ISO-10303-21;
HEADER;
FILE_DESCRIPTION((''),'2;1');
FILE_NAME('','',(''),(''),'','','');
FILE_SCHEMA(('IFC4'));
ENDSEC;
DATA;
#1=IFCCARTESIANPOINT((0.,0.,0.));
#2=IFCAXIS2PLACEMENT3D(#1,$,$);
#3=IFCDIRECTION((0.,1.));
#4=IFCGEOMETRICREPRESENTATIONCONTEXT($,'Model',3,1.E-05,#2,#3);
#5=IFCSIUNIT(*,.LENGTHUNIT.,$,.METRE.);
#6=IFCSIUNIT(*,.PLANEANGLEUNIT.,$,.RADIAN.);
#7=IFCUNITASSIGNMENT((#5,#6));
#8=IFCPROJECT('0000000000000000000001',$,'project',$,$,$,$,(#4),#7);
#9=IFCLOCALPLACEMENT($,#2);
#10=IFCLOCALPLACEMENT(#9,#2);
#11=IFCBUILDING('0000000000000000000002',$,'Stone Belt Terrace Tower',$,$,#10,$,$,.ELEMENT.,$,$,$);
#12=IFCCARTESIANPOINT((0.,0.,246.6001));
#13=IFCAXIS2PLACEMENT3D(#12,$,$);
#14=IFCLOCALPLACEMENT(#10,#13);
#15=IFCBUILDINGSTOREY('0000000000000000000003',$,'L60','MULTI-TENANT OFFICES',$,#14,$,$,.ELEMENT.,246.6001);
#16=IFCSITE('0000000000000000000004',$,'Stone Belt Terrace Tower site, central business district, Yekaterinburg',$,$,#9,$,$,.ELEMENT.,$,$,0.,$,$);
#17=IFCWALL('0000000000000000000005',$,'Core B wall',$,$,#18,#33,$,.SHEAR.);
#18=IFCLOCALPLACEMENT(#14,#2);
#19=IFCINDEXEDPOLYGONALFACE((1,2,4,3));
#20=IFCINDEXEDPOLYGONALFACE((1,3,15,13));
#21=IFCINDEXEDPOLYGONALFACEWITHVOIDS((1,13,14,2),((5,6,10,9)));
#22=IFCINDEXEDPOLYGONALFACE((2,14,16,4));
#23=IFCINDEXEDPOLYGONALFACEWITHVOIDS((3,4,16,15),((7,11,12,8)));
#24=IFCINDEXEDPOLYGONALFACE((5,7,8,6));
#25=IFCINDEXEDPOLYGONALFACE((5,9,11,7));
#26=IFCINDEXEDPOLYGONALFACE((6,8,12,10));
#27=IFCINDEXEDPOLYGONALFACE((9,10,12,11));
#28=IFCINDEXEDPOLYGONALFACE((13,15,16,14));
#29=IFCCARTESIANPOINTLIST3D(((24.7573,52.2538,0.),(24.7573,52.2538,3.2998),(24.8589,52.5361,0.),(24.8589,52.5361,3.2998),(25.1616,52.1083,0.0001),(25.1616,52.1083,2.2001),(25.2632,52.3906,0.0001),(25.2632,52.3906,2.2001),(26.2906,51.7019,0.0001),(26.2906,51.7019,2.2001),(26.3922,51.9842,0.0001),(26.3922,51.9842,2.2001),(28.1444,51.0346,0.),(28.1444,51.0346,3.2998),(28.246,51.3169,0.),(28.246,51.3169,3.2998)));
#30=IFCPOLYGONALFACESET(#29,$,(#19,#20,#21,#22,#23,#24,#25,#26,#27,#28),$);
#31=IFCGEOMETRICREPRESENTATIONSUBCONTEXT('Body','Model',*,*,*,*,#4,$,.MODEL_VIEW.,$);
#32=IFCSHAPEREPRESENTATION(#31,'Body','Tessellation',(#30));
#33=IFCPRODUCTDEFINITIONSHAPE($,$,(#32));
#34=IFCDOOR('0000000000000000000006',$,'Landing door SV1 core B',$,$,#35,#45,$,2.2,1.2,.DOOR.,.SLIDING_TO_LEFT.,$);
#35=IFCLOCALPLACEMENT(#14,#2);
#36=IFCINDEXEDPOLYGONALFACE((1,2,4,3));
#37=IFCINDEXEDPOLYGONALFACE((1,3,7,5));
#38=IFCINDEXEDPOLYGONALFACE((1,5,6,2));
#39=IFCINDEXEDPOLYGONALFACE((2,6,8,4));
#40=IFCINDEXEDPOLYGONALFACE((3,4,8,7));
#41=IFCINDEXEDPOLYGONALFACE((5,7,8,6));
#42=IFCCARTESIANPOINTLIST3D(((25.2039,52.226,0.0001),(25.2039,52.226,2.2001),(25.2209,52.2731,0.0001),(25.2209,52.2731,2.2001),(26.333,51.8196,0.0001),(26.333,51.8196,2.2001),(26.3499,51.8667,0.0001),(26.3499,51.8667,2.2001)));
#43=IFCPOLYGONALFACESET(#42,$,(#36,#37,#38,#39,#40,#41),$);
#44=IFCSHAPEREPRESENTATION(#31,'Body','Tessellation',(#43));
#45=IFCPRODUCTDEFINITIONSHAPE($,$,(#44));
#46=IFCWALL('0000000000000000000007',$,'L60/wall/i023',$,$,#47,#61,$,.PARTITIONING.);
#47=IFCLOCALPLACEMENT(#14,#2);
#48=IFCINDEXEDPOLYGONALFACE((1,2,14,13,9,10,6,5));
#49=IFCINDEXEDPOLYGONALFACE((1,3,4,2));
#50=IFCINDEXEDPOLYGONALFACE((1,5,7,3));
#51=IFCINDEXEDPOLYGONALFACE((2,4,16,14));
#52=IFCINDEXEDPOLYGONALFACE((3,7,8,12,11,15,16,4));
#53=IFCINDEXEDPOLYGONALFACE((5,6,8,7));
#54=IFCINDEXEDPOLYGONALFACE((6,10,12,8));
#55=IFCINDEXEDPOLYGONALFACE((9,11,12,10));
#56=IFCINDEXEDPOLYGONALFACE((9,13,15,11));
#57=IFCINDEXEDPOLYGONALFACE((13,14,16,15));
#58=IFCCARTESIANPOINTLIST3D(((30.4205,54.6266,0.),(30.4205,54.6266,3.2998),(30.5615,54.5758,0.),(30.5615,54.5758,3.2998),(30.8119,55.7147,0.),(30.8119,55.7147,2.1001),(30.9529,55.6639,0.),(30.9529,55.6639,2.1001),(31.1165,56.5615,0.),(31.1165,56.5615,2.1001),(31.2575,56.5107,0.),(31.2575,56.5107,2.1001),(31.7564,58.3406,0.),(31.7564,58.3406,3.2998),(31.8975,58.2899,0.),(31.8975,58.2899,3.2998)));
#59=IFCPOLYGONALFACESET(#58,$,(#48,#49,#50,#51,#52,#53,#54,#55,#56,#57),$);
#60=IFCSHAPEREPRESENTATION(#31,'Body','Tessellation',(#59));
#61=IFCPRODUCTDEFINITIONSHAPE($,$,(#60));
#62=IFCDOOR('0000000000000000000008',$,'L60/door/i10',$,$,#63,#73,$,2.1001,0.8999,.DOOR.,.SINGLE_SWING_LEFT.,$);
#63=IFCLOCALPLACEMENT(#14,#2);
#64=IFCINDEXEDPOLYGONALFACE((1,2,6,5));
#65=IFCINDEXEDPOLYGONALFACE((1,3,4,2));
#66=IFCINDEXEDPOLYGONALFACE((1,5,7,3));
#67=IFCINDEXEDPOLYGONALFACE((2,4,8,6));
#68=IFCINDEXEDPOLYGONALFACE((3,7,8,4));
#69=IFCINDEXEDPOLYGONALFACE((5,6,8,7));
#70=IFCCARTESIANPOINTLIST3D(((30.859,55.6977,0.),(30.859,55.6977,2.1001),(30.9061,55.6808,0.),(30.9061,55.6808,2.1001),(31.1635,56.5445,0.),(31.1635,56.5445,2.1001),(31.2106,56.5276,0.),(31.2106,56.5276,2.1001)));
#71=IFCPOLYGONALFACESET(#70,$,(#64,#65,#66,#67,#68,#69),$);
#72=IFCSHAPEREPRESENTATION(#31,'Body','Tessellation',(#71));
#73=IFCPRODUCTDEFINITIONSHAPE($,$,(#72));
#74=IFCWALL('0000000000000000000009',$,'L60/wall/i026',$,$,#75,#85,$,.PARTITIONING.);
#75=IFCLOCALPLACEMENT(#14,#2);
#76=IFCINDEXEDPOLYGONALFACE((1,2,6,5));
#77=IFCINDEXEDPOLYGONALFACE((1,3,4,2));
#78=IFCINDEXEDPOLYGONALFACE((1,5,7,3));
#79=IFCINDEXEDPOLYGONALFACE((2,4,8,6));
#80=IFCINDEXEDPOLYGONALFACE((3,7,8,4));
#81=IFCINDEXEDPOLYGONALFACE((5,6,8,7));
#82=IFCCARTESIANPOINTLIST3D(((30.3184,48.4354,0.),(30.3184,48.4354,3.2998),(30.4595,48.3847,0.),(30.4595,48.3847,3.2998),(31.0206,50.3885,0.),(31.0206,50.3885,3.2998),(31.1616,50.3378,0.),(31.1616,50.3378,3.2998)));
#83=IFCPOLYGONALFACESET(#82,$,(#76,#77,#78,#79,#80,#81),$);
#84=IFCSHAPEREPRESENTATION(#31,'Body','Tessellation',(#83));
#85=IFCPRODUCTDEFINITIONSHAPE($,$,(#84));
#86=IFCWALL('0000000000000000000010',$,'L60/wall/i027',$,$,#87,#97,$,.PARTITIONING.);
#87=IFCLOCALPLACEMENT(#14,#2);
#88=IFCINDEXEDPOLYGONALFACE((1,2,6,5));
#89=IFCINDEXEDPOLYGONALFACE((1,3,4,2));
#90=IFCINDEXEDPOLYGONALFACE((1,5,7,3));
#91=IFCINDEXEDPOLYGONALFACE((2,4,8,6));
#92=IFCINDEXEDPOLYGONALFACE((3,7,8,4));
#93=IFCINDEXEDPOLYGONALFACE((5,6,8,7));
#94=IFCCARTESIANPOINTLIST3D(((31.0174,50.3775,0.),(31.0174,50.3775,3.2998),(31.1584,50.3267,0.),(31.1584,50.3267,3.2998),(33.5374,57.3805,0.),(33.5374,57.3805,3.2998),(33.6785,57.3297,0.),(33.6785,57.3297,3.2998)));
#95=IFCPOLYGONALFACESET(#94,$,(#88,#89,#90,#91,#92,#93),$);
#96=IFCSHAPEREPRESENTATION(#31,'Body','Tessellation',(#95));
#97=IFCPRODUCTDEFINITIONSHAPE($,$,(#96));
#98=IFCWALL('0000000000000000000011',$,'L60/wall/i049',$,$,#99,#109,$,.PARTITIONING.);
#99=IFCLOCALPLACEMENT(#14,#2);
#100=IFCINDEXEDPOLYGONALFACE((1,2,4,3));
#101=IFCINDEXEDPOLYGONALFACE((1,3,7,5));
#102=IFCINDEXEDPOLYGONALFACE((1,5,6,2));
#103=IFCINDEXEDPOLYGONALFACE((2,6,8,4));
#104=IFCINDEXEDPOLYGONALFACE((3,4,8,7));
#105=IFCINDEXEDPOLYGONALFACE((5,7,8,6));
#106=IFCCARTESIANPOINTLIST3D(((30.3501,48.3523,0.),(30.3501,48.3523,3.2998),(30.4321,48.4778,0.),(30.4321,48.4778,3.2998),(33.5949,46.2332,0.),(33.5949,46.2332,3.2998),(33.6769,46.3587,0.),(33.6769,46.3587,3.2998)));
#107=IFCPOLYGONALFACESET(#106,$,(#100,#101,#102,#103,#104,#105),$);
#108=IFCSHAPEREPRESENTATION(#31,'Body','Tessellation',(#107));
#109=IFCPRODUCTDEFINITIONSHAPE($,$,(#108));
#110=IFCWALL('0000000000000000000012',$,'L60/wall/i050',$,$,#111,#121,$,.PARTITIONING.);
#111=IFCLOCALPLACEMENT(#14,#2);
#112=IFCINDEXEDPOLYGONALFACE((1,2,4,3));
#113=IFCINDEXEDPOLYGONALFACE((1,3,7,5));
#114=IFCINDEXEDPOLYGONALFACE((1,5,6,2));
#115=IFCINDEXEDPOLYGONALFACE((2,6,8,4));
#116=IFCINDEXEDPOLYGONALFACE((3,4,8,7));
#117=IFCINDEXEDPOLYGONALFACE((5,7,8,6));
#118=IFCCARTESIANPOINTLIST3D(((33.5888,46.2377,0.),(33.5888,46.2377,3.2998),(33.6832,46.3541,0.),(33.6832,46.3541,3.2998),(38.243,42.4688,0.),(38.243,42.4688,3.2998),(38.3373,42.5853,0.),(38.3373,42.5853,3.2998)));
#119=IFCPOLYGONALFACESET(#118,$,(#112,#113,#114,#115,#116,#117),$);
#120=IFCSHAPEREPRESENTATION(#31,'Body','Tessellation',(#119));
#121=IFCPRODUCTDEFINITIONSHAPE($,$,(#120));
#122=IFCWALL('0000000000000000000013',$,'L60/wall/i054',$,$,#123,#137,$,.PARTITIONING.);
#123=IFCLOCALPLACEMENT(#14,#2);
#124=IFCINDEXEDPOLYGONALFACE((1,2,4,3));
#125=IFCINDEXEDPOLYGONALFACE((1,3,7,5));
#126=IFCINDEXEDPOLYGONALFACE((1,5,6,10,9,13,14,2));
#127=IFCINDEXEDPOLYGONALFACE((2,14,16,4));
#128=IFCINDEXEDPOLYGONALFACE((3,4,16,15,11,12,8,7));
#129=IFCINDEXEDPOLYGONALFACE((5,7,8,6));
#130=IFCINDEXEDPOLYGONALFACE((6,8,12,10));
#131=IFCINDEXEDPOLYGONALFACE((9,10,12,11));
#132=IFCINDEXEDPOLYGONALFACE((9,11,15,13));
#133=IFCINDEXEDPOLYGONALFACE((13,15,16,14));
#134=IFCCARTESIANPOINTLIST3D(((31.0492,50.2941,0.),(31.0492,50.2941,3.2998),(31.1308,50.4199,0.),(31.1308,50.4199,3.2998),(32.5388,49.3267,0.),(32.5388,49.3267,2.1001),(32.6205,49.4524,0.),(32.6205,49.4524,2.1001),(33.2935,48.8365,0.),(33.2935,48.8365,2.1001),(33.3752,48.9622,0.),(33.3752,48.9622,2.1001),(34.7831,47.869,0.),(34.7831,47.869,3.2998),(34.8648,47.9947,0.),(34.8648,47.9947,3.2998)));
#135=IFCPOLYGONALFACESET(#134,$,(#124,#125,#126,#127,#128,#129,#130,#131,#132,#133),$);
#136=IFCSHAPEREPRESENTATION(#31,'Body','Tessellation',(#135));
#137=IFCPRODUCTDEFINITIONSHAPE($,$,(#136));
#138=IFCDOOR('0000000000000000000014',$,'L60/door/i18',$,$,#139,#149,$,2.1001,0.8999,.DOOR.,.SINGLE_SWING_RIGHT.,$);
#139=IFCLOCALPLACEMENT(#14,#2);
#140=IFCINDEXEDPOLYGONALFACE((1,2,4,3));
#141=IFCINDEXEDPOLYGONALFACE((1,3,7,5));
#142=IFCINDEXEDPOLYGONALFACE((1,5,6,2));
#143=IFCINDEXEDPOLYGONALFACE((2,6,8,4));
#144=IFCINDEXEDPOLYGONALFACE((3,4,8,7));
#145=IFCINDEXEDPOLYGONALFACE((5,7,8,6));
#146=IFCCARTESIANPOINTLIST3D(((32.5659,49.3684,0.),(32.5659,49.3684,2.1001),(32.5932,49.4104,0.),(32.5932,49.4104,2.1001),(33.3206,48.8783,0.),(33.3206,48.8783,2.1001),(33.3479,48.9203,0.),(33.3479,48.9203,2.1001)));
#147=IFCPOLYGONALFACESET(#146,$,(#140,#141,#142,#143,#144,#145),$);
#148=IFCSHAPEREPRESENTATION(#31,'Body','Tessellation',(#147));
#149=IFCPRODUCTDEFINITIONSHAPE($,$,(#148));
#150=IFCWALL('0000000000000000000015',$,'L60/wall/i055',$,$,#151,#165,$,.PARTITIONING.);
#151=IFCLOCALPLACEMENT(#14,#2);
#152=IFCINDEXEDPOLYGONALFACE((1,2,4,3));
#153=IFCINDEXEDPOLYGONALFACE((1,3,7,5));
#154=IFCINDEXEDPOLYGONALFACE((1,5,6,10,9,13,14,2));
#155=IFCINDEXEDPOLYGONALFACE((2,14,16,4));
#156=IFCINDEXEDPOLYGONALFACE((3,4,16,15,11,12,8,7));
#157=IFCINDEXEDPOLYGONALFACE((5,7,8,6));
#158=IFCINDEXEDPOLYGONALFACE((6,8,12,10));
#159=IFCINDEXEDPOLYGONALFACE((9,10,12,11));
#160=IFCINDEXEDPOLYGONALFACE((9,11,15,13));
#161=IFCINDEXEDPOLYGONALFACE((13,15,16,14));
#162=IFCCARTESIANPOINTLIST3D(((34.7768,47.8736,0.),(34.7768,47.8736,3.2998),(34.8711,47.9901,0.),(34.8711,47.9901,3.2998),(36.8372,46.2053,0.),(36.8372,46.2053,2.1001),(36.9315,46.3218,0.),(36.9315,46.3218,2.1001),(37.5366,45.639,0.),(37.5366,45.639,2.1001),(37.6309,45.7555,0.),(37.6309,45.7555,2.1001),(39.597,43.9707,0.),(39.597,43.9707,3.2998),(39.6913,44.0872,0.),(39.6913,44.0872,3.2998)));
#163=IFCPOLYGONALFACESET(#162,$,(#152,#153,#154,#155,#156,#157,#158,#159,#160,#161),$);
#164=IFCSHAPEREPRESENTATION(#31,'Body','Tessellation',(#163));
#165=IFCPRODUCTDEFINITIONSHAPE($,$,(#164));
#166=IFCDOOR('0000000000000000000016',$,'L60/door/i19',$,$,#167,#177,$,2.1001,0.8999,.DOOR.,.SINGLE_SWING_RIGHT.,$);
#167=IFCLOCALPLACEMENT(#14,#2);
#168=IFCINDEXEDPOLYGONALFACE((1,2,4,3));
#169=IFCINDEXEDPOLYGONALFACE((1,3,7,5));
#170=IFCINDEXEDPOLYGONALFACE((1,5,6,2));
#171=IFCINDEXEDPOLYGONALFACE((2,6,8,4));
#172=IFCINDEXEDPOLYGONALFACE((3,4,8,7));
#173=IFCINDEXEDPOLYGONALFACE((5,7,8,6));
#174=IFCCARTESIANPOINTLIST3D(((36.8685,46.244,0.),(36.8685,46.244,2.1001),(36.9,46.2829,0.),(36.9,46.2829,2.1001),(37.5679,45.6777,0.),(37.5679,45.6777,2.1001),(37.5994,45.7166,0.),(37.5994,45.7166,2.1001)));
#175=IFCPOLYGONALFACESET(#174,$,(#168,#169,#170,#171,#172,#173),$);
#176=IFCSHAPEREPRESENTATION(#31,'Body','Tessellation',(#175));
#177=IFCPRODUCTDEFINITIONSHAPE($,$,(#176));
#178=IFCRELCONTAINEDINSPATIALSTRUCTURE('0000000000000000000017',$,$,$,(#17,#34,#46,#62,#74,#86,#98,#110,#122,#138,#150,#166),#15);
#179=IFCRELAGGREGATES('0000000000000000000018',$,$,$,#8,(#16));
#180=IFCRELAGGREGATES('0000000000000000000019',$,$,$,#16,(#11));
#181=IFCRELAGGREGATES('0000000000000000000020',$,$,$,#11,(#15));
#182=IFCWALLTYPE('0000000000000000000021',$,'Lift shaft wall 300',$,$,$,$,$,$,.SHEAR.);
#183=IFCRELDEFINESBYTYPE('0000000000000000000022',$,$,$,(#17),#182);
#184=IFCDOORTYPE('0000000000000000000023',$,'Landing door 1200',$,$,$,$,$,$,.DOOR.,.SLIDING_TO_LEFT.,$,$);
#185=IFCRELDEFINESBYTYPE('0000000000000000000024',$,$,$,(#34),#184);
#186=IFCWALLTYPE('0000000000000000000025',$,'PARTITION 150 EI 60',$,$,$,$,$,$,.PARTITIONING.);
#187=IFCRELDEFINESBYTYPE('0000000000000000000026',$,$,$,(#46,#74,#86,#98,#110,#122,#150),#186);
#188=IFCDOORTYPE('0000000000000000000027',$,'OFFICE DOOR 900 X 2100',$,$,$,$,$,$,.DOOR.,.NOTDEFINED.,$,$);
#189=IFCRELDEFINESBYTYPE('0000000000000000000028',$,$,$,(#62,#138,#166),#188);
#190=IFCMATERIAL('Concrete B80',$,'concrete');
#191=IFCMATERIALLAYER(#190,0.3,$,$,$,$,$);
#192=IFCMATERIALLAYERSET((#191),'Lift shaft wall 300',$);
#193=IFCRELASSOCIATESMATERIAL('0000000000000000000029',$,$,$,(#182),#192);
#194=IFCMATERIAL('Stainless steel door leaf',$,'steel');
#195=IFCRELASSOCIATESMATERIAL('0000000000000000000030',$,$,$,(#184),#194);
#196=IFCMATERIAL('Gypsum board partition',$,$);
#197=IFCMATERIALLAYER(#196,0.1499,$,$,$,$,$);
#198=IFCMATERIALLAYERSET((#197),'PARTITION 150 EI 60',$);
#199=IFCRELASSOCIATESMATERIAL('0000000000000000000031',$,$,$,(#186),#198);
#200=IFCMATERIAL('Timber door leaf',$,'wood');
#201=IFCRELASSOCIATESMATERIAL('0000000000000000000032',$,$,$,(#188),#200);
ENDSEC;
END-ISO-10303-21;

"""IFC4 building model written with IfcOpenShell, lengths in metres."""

from ifc_helpers import new_model, si_unit, direction, frame, frame_2d, origin, place, context, subcontext, project, spatial, rectangle, extrude, material, layer, layer_set, type_object, element, fill, save


model = new_model("IFC4")

# Units and contexts
model_context = context("Model", 3, precision=1e-05, world=origin(), true_north=direction((0.0, 1.0)))
body_context = subcontext(model_context, "Body", "Model", "MODEL_VIEW")
ifc_project = project(units=[si_unit("LENGTHUNIT", "METRE"), si_unit("PLANEANGLEUNIT", "RADIAN")], contexts=[model_context])

# Site, building, storey
site_placement = place(None, origin())
site = spatial("IfcSite", under=ifc_project, at=site_placement, Name="Stone Belt Terrace Tower site, central business district, Yekaterinburg", CompositionType="ELEMENT", RefElevation=0.0)
building_placement = place(site_placement, origin())
building = spatial("IfcBuilding", under=site, at=building_placement, Name="Stone Belt Terrace Tower", CompositionType="ELEMENT")
storey_placement = place(building_placement, frame((0.0, 0.0, 246.6001)))
storey = spatial("IfcBuildingStorey", under=building, at=storey_placement, Name="L60", Description="MULTI-TENANT OFFICES", CompositionType="ELEMENT", Elevation=246.6001)

# Walls, openings, doors
ifc_material_1 = material(Name="Concrete B80", Category="concrete")
ifc_layer_1 = layer(ifc_material_1, 0.3)
ifc_layer_set_1 = layer_set([ifc_layer_1], Name="Lift shaft wall 300")
wall_type_1 = type_object("IfcWallType", Name="Lift shaft wall 300", PredefinedType="SHEAR", material=ifc_layer_set_1)
wall_1_placement = place(storey_placement, frame((28.1951, 51.1758, 0.0), z_axis=(0.0, 0.0, 1.0), x_axis=(-0.940901, 0.338681, 0.0)))
wall_1 = element("IfcWall", 1, at=wall_1_placement, inside=storey, type_object=wall_type_1, Name="Core B wall", PredefinedType="SHEAR", context=body_context, shape_type="SweptSolid", body=[
    extrude(rectangle(XDim=3.5999, YDim=0.3, at=frame_2d((1.7998, 0.0))), origin(), (0.0, 0.0, 1.0), 3.2998),
])
opening_1_placement = place(wall_1_placement, frame((1.97, 0.0, 0.0)))
opening_1 = element("IfcOpeningElement", 2, at=opening_1_placement, cuts=wall_1, PredefinedType="OPENING", context=body_context, shape_type="SweptSolid", body=[
    extrude(rectangle(XDim=1.2, YDim=2.2, at=frame_2d((0.6001, 1.1001))), frame((0.0, 0.1599, 0.0), z_axis=(0.0, -1.0, 0.0), x_axis=(1.0, 0.0, 0.0)), (0.0, 0.0, 1.0), 0.3201),
])
ifc_material_2 = material(Name="Stainless steel door leaf", Category="steel")
door_type_1 = type_object("IfcDoorType", Name="Landing door 1200", OperationType="SLIDING_TO_LEFT", PredefinedType="DOOR", material=ifc_material_2)
door_1_placement = place(opening_1_placement, origin())
door_1 = element("IfcDoor", 3, at=door_1_placement, inside=storey, type_object=door_type_1, Name="Landing door SV1 core B", OperationType="SLIDING_TO_LEFT", OverallHeight=2.2, OverallWidth=1.2, PredefinedType="DOOR", context=body_context, shape_type="SweptSolid", body=[
    extrude(rectangle(XDim=1.2, YDim=2.2, at=frame_2d((0.6001, 1.1001))), frame((0.0, 0.0249, 0.0), z_axis=(0.0, -1.0, 0.0), x_axis=(1.0, 0.0, 0.0)), (0.0, 0.0, 1.0), 0.05),
])
fill(opening_1, door_1)
ifc_material_3 = material(Name="Gypsum board partition")
ifc_layer_2 = layer(ifc_material_3, 0.1499)
ifc_layer_set_2 = layer_set([ifc_layer_2], Name="PARTITION 150 EI 60")
wall_type_2 = type_object("IfcWallType", Name="PARTITION 150 EI 60", PredefinedType="PARTITIONING", material=ifc_layer_set_2)
wall_2_placement = place(storey_placement, frame((30.491, 54.6011, 0.0), z_axis=(0.0, 0.0, 1.0), x_axis=(0.338463, 0.94098, 0.0)))
wall_2 = element("IfcWall", 4, at=wall_2_placement, inside=storey, type_object=wall_type_2, Name="L60/wall/i023", PredefinedType="PARTITIONING", context=body_context, shape_type="SweptSolid", body=[
    extrude(rectangle(XDim=3.947, YDim=0.1499, at=frame_2d((1.9736, 0.0))), origin(), (0.0, 0.0, 1.0), 3.2998),
])
opening_2_placement = place(wall_2_placement, frame((1.1565, 0.0, 0.0)))
opening_2 = element("IfcOpeningElement", 5, at=opening_2_placement, cuts=wall_2, PredefinedType="OPENING", context=body_context, shape_type="SweptSolid", body=[
    extrude(rectangle(XDim=0.8999, YDim=2.1001, at=frame_2d((0.45, 1.05))), frame((0.0, 0.085, 0.0), z_axis=(0.0, -1.0, 0.0), x_axis=(1.0, 0.0, 0.0)), (0.0, 0.0, 1.0), 0.1699),
])
ifc_material_4 = material(Name="Timber door leaf", Category="wood")
door_type_2 = type_object("IfcDoorType", Name="OFFICE DOOR 900 X 2100", OperationType="NOTDEFINED", PredefinedType="DOOR", material=ifc_material_4)
door_2_placement = place(opening_2_placement, origin())
door_2 = element("IfcDoor", 6, at=door_2_placement, inside=storey, type_object=door_type_2, Name="L60/door/i10", OperationType="SINGLE_SWING_LEFT", OverallHeight=2.1001, OverallWidth=0.8999, PredefinedType="DOOR", context=body_context, shape_type="SweptSolid", body=[
    extrude(rectangle(XDim=0.8999, YDim=2.1001, at=frame_2d((0.45, 1.05))), frame((0.0, 0.0249, 0.0), z_axis=(0.0, -1.0, 0.0), x_axis=(1.0, 0.0, 0.0)), (0.0, 0.0, 1.0), 0.05),
])
fill(opening_2, door_2)

# Walls
wall_3_placement = place(storey_placement, frame((31.0911, 50.363, 0.0), z_axis=(0.0, 0.0, 1.0), x_axis=(-0.338303, -0.941037, 0.0)))
element("IfcWall", 7, at=wall_3_placement, inside=storey, type_object=wall_type_2, Name="L60/wall/i026", PredefinedType="PARTITIONING", context=body_context, shape_type="SweptSolid", body=[
    extrude(rectangle(XDim=2.0754, YDim=0.1499, at=frame_2d((1.0376, 0.0))), origin(), (0.0, 0.0, 1.0), 3.2998),
])
wall_4_placement = place(storey_placement, frame((33.6079, 57.355, 0.0), z_axis=(0.0, 0.0, 1.0), x_axis=(-0.338596, -0.940932, 0.0)))
element("IfcWall", 8, at=wall_4_placement, inside=storey, type_object=wall_type_2, Name="L60/wall/i027", PredefinedType="PARTITIONING", context=body_context, shape_type="SweptSolid", body=[
    extrude(rectangle(XDim=7.4426, YDim=0.1499, at=frame_2d((3.7212, 0.0))), origin(), (0.0, 0.0, 1.0), 3.2998),
])
wall_5_placement = place(storey_placement, frame((30.3911, 48.415, 0.0), z_axis=(0.0, 0.0, 1.0), x_axis=(0.837266, -0.546796, 0.0)))
element("IfcWall", 9, at=wall_5_placement, inside=storey, type_object=wall_type_2, Name="L60/wall/i049", PredefinedType="PARTITIONING", context=body_context, shape_type="SweptSolid", body=[
    extrude(rectangle(XDim=3.8755, YDim=0.1499, at=frame_2d((1.9377, 0.0))), origin(), (0.0, 0.0, 1.0), 3.2998),
])
wall_6_placement = place(storey_placement, frame((33.636, 46.2959, 0.0), z_axis=(0.0, 0.0, 1.0), x_axis=(0.777144, -0.629323, 0.0)))
element("IfcWall", 10, at=wall_6_placement, inside=storey, type_object=wall_type_2, Name="L60/wall/i050", PredefinedType="PARTITIONING", context=body_context, shape_type="SweptSolid", body=[
    extrude(rectangle(XDim=5.9888, YDim=0.1499, at=frame_2d((2.9944, 0.0))), origin(), (0.0, 0.0, 1.0), 3.2998),
])

# Walls, openings, doors
wall_7_placement = place(storey_placement, frame((31.0901, 50.3569, 0.0), z_axis=(0.0, 0.0, 1.0), x_axis=(0.838647, -0.544676, 0.0)))
wall_7 = element("IfcWall", 11, at=wall_7_placement, inside=storey, type_object=wall_type_2, Name="L60/wall/i054", PredefinedType="PARTITIONING", context=body_context, shape_type="SweptSolid", body=[
    extrude(rectangle(XDim=4.4524, YDim=0.1499, at=frame_2d((2.2261, 0.0))), origin(), (0.0, 0.0, 1.0), 3.2998),
])
opening_3_placement = place(wall_7_placement, frame((1.7761, 0.0, 0.0)))
opening_3 = element("IfcOpeningElement", 12, at=opening_3_placement, cuts=wall_7, PredefinedType="OPENING", context=body_context, shape_type="SweptSolid", body=[
    extrude(rectangle(XDim=0.8999, YDim=2.1001, at=frame_2d((0.45, 1.05))), frame((0.0, 0.085, 0.0), z_axis=(0.0, -1.0, 0.0), x_axis=(1.0, 0.0, 0.0)), (0.0, 0.0, 1.0), 0.1699),
])
door_3_placement = place(opening_3_placement, origin())
door_3 = element("IfcDoor", 13, at=door_3_placement, inside=storey, type_object=door_type_2, Name="L60/door/i18", OperationType="SINGLE_SWING_RIGHT", OverallHeight=2.1001, OverallWidth=0.8999, PredefinedType="DOOR", context=body_context, shape_type="SweptSolid", body=[
    extrude(rectangle(XDim=0.8999, YDim=2.1001, at=frame_2d((0.45, 1.05))), frame((0.0, 0.0249, 0.0), z_axis=(0.0, -1.0, 0.0), x_axis=(1.0, 0.0, 0.0)), (0.0, 0.0, 1.0), 0.05),
])
fill(opening_3, door_3)
wall_8_placement = place(storey_placement, frame((34.824, 47.9319, 0.0), z_axis=(0.0, 0.0, 1.0), x_axis=(0.777176, -0.629283, 0.0)))
wall_8 = element("IfcWall", 14, at=wall_8_placement, inside=storey, type_object=wall_type_2, Name="L60/wall/i055", PredefinedType="PARTITIONING", context=body_context, shape_type="SweptSolid", body=[
    extrude(rectangle(XDim=6.2021, YDim=0.1499, at=frame_2d((3.1011, 0.0))), origin(), (0.0, 0.0, 1.0), 3.2998),
])
opening_4_placement = place(wall_8_placement, frame((2.6511, 0.0, 0.0)))
opening_4 = element("IfcOpeningElement", 15, at=opening_4_placement, cuts=wall_8, PredefinedType="OPENING", context=body_context, shape_type="SweptSolid", body=[
    extrude(rectangle(XDim=0.8999, YDim=2.1001, at=frame_2d((0.45, 1.05))), frame((0.0, 0.085, 0.0), z_axis=(0.0, -1.0, 0.0), x_axis=(1.0, 0.0, 0.0)), (0.0, 0.0, 1.0), 0.1699),
])
door_4_placement = place(opening_4_placement, origin())
door_4 = element("IfcDoor", 16, at=door_4_placement, inside=storey, type_object=door_type_2, Name="L60/door/i19", OperationType="SINGLE_SWING_RIGHT", OverallHeight=2.1001, OverallWidth=0.8999, PredefinedType="DOOR", context=body_context, shape_type="SweptSolid", body=[
    extrude(rectangle(XDim=0.8999, YDim=2.1001, at=frame_2d((0.45, 1.05))), frame((0.0, 0.0249, 0.0), z_axis=(0.0, -1.0, 0.0), x_axis=(1.0, 0.0, 0.0)), (0.0, 0.0, 1.0), 0.05),
])
fill(opening_4, door_4)

save(model, "model.ifc")
